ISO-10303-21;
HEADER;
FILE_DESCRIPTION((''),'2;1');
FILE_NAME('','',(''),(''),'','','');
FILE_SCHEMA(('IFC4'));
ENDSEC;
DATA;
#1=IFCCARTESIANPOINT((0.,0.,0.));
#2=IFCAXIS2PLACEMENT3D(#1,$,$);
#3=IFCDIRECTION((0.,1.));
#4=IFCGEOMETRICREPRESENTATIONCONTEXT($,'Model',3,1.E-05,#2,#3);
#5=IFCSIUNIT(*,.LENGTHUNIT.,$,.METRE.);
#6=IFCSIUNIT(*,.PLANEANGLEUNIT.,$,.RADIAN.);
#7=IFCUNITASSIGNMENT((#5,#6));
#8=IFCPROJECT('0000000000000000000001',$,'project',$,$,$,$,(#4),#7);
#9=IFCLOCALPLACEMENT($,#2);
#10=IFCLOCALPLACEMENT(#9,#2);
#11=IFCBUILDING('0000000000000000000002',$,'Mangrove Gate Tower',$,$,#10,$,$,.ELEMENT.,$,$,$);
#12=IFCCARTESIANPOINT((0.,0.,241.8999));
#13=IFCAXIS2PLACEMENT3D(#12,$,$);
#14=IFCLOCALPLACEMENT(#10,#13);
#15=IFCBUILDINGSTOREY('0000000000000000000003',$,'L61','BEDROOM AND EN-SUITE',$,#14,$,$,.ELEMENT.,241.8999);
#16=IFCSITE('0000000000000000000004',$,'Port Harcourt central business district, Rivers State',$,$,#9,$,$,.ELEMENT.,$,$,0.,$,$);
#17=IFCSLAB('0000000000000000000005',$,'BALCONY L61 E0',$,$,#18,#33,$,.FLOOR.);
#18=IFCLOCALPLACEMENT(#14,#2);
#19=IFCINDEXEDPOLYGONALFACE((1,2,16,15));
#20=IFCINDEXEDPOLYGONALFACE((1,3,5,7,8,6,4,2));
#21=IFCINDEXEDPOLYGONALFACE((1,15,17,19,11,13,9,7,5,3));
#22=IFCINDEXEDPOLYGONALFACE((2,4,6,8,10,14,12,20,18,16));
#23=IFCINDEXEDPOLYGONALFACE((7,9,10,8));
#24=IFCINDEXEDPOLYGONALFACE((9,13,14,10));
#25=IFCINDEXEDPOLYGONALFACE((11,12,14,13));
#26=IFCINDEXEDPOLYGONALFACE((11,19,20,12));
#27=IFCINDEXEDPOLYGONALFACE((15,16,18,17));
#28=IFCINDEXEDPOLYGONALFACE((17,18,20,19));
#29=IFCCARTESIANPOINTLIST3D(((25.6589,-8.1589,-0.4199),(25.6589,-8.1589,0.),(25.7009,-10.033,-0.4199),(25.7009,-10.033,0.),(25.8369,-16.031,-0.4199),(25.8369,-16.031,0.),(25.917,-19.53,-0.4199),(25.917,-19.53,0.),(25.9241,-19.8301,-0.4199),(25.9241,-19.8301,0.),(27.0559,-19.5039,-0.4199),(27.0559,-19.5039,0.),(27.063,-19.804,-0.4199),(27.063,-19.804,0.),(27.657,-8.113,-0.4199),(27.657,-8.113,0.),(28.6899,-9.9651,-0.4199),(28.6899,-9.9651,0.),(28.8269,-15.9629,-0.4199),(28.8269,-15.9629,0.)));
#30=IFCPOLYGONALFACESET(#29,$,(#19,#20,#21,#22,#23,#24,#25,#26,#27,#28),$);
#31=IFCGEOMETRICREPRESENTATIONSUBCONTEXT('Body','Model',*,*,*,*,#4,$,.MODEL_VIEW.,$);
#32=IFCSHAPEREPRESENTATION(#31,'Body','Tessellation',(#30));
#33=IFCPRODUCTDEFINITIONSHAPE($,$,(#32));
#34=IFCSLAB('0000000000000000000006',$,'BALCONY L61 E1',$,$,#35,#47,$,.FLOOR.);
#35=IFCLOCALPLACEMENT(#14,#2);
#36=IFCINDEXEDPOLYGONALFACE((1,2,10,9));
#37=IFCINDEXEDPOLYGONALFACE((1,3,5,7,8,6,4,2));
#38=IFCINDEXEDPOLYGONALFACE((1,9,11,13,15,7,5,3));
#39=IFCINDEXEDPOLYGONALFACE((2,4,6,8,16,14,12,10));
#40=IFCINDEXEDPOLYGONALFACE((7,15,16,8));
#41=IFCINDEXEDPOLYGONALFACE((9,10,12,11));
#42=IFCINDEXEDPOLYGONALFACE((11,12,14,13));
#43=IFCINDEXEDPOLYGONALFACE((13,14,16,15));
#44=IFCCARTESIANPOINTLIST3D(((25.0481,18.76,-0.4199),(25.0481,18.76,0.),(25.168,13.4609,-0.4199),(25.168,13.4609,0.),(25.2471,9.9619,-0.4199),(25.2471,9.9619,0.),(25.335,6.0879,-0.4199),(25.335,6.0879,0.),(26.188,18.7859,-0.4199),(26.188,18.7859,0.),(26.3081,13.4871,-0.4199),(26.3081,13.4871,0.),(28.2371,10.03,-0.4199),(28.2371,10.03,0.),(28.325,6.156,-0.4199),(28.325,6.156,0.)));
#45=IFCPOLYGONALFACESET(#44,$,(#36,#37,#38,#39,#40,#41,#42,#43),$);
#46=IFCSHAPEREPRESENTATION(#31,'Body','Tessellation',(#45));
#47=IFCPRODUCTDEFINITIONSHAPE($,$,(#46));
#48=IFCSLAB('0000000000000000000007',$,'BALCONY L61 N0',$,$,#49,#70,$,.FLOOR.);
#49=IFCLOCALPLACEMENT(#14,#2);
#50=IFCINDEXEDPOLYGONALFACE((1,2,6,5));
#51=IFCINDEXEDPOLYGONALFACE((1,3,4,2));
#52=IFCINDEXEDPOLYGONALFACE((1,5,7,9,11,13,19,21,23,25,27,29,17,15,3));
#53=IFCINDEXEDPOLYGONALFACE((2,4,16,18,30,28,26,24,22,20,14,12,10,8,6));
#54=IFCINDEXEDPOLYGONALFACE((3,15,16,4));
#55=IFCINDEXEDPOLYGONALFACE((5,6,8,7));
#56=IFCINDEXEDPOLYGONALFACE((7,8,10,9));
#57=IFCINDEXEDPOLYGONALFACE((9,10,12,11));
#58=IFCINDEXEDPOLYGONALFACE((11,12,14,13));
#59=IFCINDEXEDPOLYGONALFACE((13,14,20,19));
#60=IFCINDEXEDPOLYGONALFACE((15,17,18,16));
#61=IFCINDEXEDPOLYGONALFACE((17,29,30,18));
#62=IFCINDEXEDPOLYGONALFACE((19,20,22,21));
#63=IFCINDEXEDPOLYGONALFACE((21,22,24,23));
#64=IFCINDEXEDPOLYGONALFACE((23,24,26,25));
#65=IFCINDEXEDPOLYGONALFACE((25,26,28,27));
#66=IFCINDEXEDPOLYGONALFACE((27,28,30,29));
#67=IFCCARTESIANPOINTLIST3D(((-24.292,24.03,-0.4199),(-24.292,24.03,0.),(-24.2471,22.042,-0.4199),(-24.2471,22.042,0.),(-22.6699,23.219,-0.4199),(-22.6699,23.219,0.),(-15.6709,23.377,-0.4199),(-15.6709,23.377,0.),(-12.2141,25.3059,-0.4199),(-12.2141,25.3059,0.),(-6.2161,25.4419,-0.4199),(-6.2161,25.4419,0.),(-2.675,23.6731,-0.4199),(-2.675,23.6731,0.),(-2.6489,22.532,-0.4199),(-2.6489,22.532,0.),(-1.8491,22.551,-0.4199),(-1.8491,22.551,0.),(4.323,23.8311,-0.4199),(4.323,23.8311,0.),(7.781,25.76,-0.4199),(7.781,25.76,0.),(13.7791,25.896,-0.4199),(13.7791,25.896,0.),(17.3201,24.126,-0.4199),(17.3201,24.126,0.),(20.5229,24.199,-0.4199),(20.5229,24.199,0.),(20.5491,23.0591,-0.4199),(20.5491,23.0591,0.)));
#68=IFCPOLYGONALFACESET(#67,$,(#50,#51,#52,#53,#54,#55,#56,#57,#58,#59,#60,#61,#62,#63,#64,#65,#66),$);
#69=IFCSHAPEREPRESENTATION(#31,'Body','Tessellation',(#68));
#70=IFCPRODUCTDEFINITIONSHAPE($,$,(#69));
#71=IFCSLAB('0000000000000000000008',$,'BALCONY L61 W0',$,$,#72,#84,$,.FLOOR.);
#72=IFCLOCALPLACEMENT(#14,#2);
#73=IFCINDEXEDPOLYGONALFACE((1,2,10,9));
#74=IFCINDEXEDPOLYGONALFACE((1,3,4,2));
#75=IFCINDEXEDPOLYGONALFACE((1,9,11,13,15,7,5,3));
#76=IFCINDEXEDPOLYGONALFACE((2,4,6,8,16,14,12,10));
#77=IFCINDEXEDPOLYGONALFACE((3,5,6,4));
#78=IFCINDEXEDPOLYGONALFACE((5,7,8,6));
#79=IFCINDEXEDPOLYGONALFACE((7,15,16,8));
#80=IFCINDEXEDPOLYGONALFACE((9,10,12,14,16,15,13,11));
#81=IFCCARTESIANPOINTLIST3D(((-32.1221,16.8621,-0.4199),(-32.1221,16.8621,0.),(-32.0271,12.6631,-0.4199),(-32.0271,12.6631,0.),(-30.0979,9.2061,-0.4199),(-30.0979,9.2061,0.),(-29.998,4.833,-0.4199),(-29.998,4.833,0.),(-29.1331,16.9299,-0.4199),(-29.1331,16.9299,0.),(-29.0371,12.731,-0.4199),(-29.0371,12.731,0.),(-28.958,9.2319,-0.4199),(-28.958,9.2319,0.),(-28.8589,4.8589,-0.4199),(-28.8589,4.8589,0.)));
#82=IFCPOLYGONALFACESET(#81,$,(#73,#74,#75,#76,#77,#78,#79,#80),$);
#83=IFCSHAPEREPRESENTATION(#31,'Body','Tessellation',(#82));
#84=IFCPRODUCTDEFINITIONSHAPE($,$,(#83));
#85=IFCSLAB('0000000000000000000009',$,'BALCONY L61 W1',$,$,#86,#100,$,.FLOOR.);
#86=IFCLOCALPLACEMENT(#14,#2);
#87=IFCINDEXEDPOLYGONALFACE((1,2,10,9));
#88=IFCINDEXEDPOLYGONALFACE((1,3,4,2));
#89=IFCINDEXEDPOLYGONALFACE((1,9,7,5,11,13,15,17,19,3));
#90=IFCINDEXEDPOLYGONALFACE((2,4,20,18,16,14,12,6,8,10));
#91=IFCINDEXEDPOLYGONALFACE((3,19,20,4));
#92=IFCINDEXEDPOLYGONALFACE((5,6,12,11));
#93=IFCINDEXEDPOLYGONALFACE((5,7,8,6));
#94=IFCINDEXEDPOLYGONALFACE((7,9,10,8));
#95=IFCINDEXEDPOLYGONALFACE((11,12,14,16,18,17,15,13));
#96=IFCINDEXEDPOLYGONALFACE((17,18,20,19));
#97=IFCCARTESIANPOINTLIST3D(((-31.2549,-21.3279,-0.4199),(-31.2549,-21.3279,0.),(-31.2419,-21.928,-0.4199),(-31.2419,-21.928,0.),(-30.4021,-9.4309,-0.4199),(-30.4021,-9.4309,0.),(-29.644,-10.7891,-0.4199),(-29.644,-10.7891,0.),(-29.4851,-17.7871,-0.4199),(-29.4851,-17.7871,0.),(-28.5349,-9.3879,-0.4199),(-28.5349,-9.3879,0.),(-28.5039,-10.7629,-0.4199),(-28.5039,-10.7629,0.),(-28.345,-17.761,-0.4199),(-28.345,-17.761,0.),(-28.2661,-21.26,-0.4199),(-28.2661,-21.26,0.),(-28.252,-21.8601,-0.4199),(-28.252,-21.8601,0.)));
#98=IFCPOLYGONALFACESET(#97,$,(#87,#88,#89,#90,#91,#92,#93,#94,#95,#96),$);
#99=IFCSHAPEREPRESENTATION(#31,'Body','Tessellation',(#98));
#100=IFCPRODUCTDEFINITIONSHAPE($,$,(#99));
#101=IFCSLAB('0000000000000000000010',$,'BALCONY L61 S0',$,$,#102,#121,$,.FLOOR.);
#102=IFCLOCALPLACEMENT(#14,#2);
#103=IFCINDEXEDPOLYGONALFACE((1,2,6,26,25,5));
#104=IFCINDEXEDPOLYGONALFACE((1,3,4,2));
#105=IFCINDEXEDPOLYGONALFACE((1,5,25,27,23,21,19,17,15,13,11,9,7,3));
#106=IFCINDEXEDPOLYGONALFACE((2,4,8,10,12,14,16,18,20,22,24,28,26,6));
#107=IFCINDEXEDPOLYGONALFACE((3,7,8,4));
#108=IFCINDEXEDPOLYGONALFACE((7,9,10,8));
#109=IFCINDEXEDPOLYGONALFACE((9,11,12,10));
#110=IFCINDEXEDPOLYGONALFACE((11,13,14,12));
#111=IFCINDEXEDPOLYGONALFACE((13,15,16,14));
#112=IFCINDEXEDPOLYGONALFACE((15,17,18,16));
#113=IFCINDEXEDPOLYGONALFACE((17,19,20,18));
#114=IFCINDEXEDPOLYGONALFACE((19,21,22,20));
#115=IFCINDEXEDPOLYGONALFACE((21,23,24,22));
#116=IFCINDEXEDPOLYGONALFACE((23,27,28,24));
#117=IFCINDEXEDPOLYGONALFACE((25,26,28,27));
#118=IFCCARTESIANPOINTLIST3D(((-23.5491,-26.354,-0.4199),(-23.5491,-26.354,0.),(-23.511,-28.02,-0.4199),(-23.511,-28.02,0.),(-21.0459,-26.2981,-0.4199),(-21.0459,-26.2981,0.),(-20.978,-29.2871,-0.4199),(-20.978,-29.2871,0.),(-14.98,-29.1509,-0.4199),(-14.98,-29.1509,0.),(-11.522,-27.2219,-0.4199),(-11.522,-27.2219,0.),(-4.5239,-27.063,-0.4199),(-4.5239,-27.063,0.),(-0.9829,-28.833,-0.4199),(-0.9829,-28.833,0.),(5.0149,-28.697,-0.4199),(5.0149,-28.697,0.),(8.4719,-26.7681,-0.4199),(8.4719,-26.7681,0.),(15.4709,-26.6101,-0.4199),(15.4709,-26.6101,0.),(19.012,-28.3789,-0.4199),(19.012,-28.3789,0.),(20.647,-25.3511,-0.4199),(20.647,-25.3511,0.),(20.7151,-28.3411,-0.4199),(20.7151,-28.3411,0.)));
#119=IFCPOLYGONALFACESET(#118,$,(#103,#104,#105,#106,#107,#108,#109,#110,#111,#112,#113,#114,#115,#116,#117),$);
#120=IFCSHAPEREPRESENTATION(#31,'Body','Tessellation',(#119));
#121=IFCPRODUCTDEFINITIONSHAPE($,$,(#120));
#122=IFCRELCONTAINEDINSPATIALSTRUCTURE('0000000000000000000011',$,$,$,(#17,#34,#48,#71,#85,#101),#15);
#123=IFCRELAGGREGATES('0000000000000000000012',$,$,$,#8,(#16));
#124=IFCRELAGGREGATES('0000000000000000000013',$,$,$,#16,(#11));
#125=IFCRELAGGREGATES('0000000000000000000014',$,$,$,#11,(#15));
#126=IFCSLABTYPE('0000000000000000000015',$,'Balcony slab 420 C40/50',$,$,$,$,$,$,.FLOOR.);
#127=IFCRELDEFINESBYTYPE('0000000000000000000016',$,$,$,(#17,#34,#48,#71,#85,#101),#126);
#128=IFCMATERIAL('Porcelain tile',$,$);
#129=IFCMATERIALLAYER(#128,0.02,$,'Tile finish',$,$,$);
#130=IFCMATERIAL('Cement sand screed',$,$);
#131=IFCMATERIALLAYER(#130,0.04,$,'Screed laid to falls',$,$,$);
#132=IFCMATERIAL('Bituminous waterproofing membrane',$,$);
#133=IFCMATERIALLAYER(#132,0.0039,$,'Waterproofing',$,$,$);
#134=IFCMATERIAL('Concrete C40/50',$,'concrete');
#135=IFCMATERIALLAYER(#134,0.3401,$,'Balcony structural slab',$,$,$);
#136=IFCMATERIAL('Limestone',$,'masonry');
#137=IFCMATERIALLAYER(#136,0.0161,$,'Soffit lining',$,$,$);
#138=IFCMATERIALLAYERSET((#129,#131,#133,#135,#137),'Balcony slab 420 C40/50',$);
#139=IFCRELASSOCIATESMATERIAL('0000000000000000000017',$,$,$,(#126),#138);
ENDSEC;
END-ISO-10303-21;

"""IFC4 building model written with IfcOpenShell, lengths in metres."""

from ifc_helpers import new_model, si_unit, direction, frame, origin, place, context, subcontext, project, spatial, polyline, outline, extrude, material, layer, layer_set, type_object, element, save


model = new_model("IFC4")

# Units and contexts
model_context = context("Model", 3, precision=1e-05, world=origin(), true_north=direction((0.0, 1.0)))
body_context = subcontext(model_context, "Body", "Model", "MODEL_VIEW")
ifc_project = project(units=[si_unit("LENGTHUNIT", "METRE"), si_unit("PLANEANGLEUNIT", "RADIAN")], contexts=[model_context])

# Site, building, storey
site_placement = place(None, origin())
site = spatial("IfcSite", under=ifc_project, at=site_placement, Name="Port Harcourt central business district, Rivers State", CompositionType="ELEMENT", RefElevation=0.0)
building_placement = place(site_placement, origin())
building = spatial("IfcBuilding", under=site, at=building_placement, Name="Mangrove Gate Tower", CompositionType="ELEMENT")
storey_placement = place(building_placement, frame((0.0, 0.0, 241.8999)))
storey = spatial("IfcBuildingStorey", under=building, at=storey_placement, Name="L61", Description="BEDROOM AND EN-SUITE", CompositionType="ELEMENT", Elevation=241.8999)

# Slabs
ifc_material_1 = material(Name="Porcelain tile")
ifc_layer_1 = layer(ifc_material_1, 0.02, Name="Tile finish")
ifc_material_2 = material(Name="Cement sand screed")
ifc_layer_2 = layer(ifc_material_2, 0.04, Name="Screed laid to falls")
ifc_material_3 = material(Name="Bituminous waterproofing membrane")
ifc_layer_3 = layer(ifc_material_3, 0.0039, Name="Waterproofing")
ifc_material_4 = material(Name="Concrete C40/50", Category="concrete")
ifc_layer_4 = layer(ifc_material_4, 0.3401, Name="Balcony structural slab")
ifc_material_5 = material(Name="Limestone", Category="masonry")
ifc_layer_5 = layer(ifc_material_5, 0.0161, Name="Soffit lining")
ifc_layer_set_1 = layer_set([ifc_layer_1, ifc_layer_2, ifc_layer_3, ifc_layer_4, ifc_layer_5], Name="Balcony slab 420 C40/50")
slab_type_1 = type_object("IfcSlabType", Name="Balcony slab 420 C40/50", PredefinedType="FLOOR", material=ifc_layer_set_1)
slab_1_placement = place(storey_placement, frame((0.0, 0.0, -0.4199)))
element("IfcSlab", 1, at=slab_1_placement, inside=storey, type_object=slab_type_1, Name="BALCONY L61 E0", PredefinedType="FLOOR", context=body_context, shape_type="SweptSolid", body=[
    extrude(outline(polyline([(27.063, -19.804), (27.0559, -19.5039), (28.8269, -15.9629), (28.6899, -9.9651), (27.657, -8.113), (25.6589, -8.1589), (25.7009, -10.033), (25.8369, -16.031), (25.917, -19.53), (25.9241, -19.8301), (27.063, -19.804)])), origin(), (0.0, 0.0, 1.0), 0.4199),
])
slab_2_placement = place(storey_placement, frame((0.0, 0.0, -0.4199)))
element("IfcSlab", 2, at=slab_2_placement, inside=storey, type_object=slab_type_1, Name="BALCONY L61 E1", PredefinedType="FLOOR", context=body_context, shape_type="SweptSolid", body=[
    extrude(outline(polyline([(28.325, 6.156), (28.2371, 10.03), (26.3081, 13.4871), (26.188, 18.7859), (25.0481, 18.76), (25.168, 13.4609), (25.2471, 9.9619), (25.335, 6.0879), (28.325, 6.156)])), origin(), (0.0, 0.0, 1.0), 0.4199),
])
slab_3_placement = place(storey_placement, frame((0.0, 0.0, -0.4199)))
element("IfcSlab", 3, at=slab_3_placement, inside=storey, type_object=slab_type_1, Name="BALCONY L61 N0", PredefinedType="FLOOR", context=body_context, shape_type="SweptSolid", body=[
    extrude(outline(polyline([(20.5229, 24.199), (17.3201, 24.126), (13.7791, 25.896), (7.781, 25.76), (4.323, 23.8311), (-2.675, 23.6731), (-6.2161, 25.4419), (-12.2141, 25.3059), (-15.6709, 23.377), (-22.6699, 23.219), (-24.292, 24.03), (-24.2471, 22.042), (-2.6489, 22.532), (-1.8491, 22.551), (20.5491, 23.0591), (20.5229, 24.199)])), origin(), (0.0, 0.0, 1.0), 0.4199),
])
slab_4_placement = place(storey_placement, frame((0.0, 0.0, -0.4199)))
element("IfcSlab", 4, at=slab_4_placement, inside=storey, type_object=slab_type_1, Name="BALCONY L61 W0", PredefinedType="FLOOR", context=body_context, shape_type="SweptSolid", body=[
    extrude(outline(polyline([(-32.1221, 16.8621), (-32.0271, 12.6631), (-30.0979, 9.2061), (-29.998, 4.833), (-28.8589, 4.8589), (-28.958, 9.2319), (-29.0371, 12.731), (-29.1331, 16.9299), (-32.1221, 16.8621)])), origin(), (0.0, 0.0, 1.0), 0.4199),
])
slab_5_placement = place(storey_placement, frame((0.0, 0.0, -0.4199)))
element("IfcSlab", 5, at=slab_5_placement, inside=storey, type_object=slab_type_1, Name="BALCONY L61 W1", PredefinedType="FLOOR", context=body_context, shape_type="SweptSolid", body=[
    extrude(outline(polyline([(-30.4021, -9.4309), (-29.644, -10.7891), (-29.4851, -17.7871), (-31.2549, -21.3279), (-31.2419, -21.928), (-28.252, -21.8601), (-28.2661, -21.26), (-28.345, -17.761), (-28.5039, -10.7629), (-28.5349, -9.3879), (-30.4021, -9.4309)])), origin(), (0.0, 0.0, 1.0), 0.4199),
])
slab_6_placement = place(storey_placement, frame((0.0, 0.0, -0.4199)))
element("IfcSlab", 6, at=slab_6_placement, inside=storey, type_object=slab_type_1, Name="BALCONY L61 S0", PredefinedType="FLOOR", context=body_context, shape_type="SweptSolid", body=[
    extrude(outline(polyline([(-23.5491, -26.354), (-23.511, -28.02), (-20.978, -29.2871), (-14.98, -29.1509), (-11.522, -27.2219), (-4.5239, -27.063), (-0.9829, -28.833), (5.0149, -28.697), (8.4719, -26.7681), (15.4709, -26.6101), (19.012, -28.3789), (20.7151, -28.3411), (20.647, -25.3511), (-21.0459, -26.2981), (-23.5491, -26.354)])), origin(), (0.0, 0.0, 1.0), 0.4199),
])

save(model, "model.ifc")
